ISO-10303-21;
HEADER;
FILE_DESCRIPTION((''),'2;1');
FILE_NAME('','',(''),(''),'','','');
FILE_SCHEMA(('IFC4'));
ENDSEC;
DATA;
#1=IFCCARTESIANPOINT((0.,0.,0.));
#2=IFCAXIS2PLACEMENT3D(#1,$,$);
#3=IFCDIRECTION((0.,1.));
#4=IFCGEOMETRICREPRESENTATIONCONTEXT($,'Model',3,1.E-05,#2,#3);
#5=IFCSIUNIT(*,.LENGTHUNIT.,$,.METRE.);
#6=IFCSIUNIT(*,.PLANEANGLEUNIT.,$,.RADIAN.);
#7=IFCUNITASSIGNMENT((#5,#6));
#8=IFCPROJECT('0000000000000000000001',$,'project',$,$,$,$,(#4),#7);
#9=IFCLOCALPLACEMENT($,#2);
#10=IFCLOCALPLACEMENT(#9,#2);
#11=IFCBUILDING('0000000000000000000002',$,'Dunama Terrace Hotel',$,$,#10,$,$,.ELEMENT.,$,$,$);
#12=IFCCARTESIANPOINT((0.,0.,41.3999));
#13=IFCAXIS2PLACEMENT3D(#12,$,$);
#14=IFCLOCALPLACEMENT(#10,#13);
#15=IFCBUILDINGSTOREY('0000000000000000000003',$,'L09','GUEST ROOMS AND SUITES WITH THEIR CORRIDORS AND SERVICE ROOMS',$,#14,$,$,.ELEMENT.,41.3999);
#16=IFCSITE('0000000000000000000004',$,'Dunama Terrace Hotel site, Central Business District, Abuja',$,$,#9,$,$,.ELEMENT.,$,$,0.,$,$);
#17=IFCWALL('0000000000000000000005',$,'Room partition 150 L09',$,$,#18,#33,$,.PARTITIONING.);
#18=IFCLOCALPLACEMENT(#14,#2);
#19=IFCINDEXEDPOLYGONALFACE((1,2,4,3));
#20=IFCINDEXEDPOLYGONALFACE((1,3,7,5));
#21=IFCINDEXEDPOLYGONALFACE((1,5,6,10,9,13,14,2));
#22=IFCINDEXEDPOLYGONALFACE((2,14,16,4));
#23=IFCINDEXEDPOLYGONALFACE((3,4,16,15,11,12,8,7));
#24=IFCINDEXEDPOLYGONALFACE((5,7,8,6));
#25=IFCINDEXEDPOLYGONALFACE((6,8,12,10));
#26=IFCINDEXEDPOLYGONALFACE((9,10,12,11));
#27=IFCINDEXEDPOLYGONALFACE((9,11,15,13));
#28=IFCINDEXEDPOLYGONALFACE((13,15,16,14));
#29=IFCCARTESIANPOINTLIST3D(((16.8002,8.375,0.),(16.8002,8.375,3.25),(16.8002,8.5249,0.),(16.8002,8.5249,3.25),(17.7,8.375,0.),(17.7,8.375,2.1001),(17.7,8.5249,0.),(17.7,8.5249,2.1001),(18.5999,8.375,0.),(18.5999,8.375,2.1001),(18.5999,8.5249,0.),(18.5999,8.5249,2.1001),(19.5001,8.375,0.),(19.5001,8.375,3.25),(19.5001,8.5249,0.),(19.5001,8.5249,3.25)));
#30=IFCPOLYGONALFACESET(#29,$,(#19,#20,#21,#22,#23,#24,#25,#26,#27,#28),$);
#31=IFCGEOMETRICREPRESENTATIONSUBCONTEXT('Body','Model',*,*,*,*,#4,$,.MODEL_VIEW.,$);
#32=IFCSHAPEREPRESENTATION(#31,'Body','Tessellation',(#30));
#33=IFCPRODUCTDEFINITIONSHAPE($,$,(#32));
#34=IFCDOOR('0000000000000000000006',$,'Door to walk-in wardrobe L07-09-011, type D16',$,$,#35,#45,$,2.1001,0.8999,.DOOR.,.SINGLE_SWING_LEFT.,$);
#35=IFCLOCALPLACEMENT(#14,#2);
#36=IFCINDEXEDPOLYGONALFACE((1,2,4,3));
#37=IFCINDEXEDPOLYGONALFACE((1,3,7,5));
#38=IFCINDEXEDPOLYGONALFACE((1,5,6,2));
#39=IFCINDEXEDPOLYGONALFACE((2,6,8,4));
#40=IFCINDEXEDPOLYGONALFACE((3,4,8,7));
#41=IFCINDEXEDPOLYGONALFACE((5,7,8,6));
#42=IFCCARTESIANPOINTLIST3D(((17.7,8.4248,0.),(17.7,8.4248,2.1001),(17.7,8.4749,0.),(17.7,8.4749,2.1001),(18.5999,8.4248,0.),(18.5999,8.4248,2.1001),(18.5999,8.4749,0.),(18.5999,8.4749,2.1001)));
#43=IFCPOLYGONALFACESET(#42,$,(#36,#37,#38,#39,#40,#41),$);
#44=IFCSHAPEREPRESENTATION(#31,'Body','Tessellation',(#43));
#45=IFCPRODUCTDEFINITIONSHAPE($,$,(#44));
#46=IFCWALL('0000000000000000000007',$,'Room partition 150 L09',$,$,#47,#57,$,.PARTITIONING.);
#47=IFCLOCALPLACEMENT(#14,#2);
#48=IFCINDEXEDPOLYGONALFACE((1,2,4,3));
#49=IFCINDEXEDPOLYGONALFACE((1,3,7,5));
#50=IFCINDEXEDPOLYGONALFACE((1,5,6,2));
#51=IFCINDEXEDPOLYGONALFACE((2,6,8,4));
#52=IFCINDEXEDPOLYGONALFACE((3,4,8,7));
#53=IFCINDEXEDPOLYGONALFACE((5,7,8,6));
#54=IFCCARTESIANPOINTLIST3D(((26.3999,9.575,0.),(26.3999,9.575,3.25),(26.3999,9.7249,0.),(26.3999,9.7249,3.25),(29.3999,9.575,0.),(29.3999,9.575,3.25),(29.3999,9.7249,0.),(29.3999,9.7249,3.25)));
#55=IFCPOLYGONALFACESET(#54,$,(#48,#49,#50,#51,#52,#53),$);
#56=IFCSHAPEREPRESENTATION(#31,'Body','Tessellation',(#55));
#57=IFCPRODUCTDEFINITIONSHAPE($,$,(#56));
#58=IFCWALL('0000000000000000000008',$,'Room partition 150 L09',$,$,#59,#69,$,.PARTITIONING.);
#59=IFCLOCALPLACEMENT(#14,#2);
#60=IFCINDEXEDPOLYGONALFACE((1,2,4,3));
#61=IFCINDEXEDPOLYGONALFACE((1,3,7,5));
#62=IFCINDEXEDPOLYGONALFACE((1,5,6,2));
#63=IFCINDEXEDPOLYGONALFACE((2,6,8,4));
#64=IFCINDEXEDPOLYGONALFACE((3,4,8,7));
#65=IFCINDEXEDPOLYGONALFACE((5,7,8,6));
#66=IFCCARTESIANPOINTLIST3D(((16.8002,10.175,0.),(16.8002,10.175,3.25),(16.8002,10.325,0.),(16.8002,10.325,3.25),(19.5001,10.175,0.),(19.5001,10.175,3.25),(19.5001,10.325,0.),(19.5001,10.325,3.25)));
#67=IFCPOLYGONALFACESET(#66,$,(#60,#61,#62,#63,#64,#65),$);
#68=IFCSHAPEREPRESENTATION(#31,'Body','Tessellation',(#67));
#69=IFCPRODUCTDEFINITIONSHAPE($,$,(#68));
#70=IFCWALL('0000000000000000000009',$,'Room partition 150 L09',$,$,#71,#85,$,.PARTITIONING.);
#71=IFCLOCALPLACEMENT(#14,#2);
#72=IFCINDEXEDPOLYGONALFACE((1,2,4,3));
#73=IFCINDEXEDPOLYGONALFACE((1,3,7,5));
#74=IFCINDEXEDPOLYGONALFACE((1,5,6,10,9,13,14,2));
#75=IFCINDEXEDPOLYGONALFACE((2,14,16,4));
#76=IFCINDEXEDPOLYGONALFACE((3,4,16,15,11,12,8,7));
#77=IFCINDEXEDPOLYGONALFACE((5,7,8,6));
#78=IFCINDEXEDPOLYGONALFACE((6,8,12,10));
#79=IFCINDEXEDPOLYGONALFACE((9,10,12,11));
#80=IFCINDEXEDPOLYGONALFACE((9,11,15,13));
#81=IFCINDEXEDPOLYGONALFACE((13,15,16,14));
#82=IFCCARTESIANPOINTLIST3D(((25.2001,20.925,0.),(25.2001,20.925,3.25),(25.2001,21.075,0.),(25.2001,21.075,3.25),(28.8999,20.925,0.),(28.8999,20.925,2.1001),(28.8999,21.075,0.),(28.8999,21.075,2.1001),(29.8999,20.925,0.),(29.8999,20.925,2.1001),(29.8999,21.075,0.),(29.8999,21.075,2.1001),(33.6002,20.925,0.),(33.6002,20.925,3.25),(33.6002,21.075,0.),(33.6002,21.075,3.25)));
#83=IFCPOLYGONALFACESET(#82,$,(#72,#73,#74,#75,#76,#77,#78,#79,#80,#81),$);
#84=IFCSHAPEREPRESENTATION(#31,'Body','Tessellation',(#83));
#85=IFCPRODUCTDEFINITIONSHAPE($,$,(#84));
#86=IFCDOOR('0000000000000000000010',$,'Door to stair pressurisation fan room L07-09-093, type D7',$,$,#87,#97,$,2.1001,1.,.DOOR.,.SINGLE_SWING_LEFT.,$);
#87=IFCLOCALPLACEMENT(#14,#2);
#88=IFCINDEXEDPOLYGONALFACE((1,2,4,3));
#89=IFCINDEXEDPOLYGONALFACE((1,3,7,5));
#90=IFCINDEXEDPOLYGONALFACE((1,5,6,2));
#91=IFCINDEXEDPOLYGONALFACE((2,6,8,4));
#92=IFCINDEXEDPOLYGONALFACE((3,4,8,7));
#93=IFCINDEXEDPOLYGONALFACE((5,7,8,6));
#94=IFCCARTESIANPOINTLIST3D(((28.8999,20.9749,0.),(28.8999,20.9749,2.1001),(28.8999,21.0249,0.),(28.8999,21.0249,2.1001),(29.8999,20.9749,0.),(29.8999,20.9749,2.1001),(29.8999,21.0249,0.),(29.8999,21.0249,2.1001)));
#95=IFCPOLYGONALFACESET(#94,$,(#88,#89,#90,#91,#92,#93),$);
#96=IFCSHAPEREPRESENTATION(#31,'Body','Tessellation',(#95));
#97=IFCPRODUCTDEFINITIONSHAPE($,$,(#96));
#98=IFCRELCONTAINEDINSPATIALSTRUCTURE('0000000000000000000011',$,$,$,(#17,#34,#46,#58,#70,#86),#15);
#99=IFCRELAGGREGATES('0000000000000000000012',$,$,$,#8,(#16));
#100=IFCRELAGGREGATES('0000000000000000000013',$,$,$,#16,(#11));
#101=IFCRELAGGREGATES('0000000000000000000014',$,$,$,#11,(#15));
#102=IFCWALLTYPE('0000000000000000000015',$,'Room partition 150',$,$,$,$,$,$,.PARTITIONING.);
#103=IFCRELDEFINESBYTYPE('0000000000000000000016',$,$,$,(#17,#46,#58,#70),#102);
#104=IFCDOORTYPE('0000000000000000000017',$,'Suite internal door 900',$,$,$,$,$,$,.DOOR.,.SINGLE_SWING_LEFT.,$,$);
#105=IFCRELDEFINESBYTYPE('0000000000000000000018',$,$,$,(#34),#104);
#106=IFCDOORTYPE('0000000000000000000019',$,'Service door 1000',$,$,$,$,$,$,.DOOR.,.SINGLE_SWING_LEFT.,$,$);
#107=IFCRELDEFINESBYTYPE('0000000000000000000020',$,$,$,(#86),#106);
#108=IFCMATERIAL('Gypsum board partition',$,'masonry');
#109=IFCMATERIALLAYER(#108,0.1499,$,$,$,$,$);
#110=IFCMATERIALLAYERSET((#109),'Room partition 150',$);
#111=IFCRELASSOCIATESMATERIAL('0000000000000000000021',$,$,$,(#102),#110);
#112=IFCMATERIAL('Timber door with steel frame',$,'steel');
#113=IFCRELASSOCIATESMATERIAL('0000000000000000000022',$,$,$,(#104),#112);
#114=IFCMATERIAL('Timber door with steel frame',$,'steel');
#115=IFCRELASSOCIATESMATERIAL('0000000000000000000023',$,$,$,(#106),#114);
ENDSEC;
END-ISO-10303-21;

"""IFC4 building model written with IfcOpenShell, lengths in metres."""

from ifc_helpers import new_model, si_unit, direction, frame, frame_2d, origin, place, context, subcontext, project, spatial, rectangle, extrude, material, layer, layer_set, type_object, element, fill, save


model = new_model("IFC4")

# Units and contexts
model_context = context("Model", 3, precision=1e-05, world=origin(), true_north=direction((0.0, 1.0)))
body_context = subcontext(model_context, "Body", "Model", "MODEL_VIEW")
ifc_project = project(units=[si_unit("LENGTHUNIT", "METRE"), si_unit("PLANEANGLEUNIT", "RADIAN")], contexts=[model_context])

# Site, building, storey
site_placement = place(None, origin())
site = spatial("IfcSite", under=ifc_project, at=site_placement, Name="Dunama Terrace Hotel site, Central Business District, Abuja", CompositionType="ELEMENT", RefElevation=0.0)
building_placement = place(site_placement, origin())
building = spatial("IfcBuilding", under=site, at=building_placement, Name="Dunama Terrace Hotel", CompositionType="ELEMENT")
storey_placement = place(building_placement, frame((0.0, 0.0, 41.3999)))
storey = spatial("IfcBuildingStorey", under=building, at=storey_placement, Name="L09", Description="GUEST ROOMS AND SUITES WITH THEIR CORRIDORS AND SERVICE ROOMS", CompositionType="ELEMENT", Elevation=41.3999)

# Shared definitions
ifc_material_1 = material(Name="Gypsum board partition", Category="masonry")
ifc_layer_1 = layer(ifc_material_1, 0.1499)
ifc_layer_set_1 = layer_set([ifc_layer_1], Name="Room partition 150")
wall_type_1 = type_object("IfcWallType", Name="Room partition 150", PredefinedType="PARTITIONING", material=ifc_layer_set_1)

# Wall, opening, door
wall_1_placement = place(storey_placement, frame((16.8, 8.45, 0.0), z_axis=(0.0, 0.0, 1.0), x_axis=(1.0, 0.0, 0.0)))
wall_1 = element("IfcWall", 1, at=wall_1_placement, inside=storey, type_object=wall_type_1, Name="Room partition 150 L09", PredefinedType="PARTITIONING", context=body_context, shape_type="SweptSolid", body=[
    extrude(rectangle(XDim=2.7, YDim=0.1499, at=frame_2d((1.3501, 0.0))), origin(), (0.0, 0.0, 1.0), 3.25),
])
opening_1_placement = place(wall_1_placement, frame((0.8999, 0.0, 0.0)))
opening_1 = element("IfcOpeningElement", 2, at=opening_1_placement, cuts=wall_1, PredefinedType="OPENING", context=body_context, shape_type="SweptSolid", body=[
    extrude(rectangle(XDim=0.8999, YDim=2.1001, at=frame_2d((0.45, 1.05))), frame((0.0, 0.085, 0.0), z_axis=(0.0, -1.0, 0.0), x_axis=(1.0, 0.0, 0.0)), (0.0, 0.0, 1.0), 0.1699),
])
ifc_material_2 = material(Name="Timber door with steel frame", Category="steel")
door_type_1 = type_object("IfcDoorType", Name="Suite internal door 900", OperationType="SINGLE_SWING_LEFT", PredefinedType="DOOR", material=ifc_material_2)
door_1_placement = place(opening_1_placement, origin())
door_1 = element("IfcDoor", 3, at=door_1_placement, inside=storey, type_object=door_type_1, Name="Door to walk-in wardrobe L07-09-011, type D16", OperationType="SINGLE_SWING_LEFT", OverallHeight=2.1001, OverallWidth=0.8999, PredefinedType="DOOR", context=body_context, shape_type="SweptSolid", body=[
    extrude(rectangle(XDim=0.8999, YDim=2.1001, at=frame_2d((0.45, 1.05))), frame((0.0, 0.0249, 0.0), z_axis=(0.0, -1.0, 0.0), x_axis=(1.0, 0.0, 0.0)), (0.0, 0.0, 1.0), 0.05),
])
fill(opening_1, door_1)

# Walls
wall_2_placement = place(storey_placement, frame((26.3999, 9.6499, 0.0), z_axis=(0.0, 0.0, 1.0), x_axis=(1.0, 0.0, 0.0)))
element("IfcWall", 4, at=wall_2_placement, inside=storey, type_object=wall_type_1, Name="Room partition 150 L09", PredefinedType="PARTITIONING", context=body_context, shape_type="SweptSolid", body=[
    extrude(rectangle(XDim=3.0, YDim=0.1499, at=frame_2d((1.5, 0.0))), origin(), (0.0, 0.0, 1.0), 3.25),
])
wall_3_placement = place(storey_placement, frame((16.8, 10.25, 0.0), z_axis=(0.0, 0.0, 1.0), x_axis=(1.0, 0.0, 0.0)))
element("IfcWall", 5, at=wall_3_placement, inside=storey, type_object=wall_type_1, Name="Room partition 150 L09", PredefinedType="PARTITIONING", context=body_context, shape_type="SweptSolid", body=[
    extrude(rectangle(XDim=2.7, YDim=0.1499, at=frame_2d((1.3501, 0.0))), origin(), (0.0, 0.0, 1.0), 3.25),
])

# Wall, opening, door
wall_4_placement = place(storey_placement, frame((25.2, 21.0, 0.0), z_axis=(0.0, 0.0, 1.0), x_axis=(1.0, 0.0, 0.0)))
wall_4 = element("IfcWall", 6, at=wall_4_placement, inside=storey, type_object=wall_type_1, Name="Room partition 150 L09", PredefinedType="PARTITIONING", context=body_context, shape_type="SweptSolid", body=[
    extrude(rectangle(XDim=8.4001, YDim=0.1499, at=frame_2d((4.2002, 0.0))), origin(), (0.0, 0.0, 1.0), 3.25),
])
opening_2_placement = place(wall_4_placement, frame((3.7, 0.0, 0.0)))
opening_2 = element("IfcOpeningElement", 7, at=opening_2_placement, cuts=wall_4, PredefinedType="OPENING", context=body_context, shape_type="SweptSolid", body=[
    extrude(rectangle(XDim=1.0, YDim=2.1001, at=frame_2d((0.5, 1.05))), frame((0.0, 0.085, 0.0), z_axis=(0.0, -1.0, 0.0), x_axis=(1.0, 0.0, 0.0)), (0.0, 0.0, 1.0), 0.1699),
])
ifc_material_3 = material(Name="Timber door with steel frame", Category="steel")
door_type_2 = type_object("IfcDoorType", Name="Service door 1000", OperationType="SINGLE_SWING_LEFT", PredefinedType="DOOR", material=ifc_material_3)
door_2_placement = place(opening_2_placement, origin())
door_2 = element("IfcDoor", 8, at=door_2_placement, inside=storey, type_object=door_type_2, Name="Door to stair pressurisation fan room L07-09-093, type D7", OperationType="SINGLE_SWING_LEFT", OverallHeight=2.1001, OverallWidth=1.0, PredefinedType="DOOR", context=body_context, shape_type="SweptSolid", body=[
    extrude(rectangle(XDim=1.0, YDim=2.1001, at=frame_2d((0.5, 1.05))), frame((0.0, 0.0249, 0.0), z_axis=(0.0, -1.0, 0.0), x_axis=(1.0, 0.0, 0.0)), (0.0, 0.0, 1.0), 0.05),
])
fill(opening_2, door_2)

save(model, "model.ifc")
